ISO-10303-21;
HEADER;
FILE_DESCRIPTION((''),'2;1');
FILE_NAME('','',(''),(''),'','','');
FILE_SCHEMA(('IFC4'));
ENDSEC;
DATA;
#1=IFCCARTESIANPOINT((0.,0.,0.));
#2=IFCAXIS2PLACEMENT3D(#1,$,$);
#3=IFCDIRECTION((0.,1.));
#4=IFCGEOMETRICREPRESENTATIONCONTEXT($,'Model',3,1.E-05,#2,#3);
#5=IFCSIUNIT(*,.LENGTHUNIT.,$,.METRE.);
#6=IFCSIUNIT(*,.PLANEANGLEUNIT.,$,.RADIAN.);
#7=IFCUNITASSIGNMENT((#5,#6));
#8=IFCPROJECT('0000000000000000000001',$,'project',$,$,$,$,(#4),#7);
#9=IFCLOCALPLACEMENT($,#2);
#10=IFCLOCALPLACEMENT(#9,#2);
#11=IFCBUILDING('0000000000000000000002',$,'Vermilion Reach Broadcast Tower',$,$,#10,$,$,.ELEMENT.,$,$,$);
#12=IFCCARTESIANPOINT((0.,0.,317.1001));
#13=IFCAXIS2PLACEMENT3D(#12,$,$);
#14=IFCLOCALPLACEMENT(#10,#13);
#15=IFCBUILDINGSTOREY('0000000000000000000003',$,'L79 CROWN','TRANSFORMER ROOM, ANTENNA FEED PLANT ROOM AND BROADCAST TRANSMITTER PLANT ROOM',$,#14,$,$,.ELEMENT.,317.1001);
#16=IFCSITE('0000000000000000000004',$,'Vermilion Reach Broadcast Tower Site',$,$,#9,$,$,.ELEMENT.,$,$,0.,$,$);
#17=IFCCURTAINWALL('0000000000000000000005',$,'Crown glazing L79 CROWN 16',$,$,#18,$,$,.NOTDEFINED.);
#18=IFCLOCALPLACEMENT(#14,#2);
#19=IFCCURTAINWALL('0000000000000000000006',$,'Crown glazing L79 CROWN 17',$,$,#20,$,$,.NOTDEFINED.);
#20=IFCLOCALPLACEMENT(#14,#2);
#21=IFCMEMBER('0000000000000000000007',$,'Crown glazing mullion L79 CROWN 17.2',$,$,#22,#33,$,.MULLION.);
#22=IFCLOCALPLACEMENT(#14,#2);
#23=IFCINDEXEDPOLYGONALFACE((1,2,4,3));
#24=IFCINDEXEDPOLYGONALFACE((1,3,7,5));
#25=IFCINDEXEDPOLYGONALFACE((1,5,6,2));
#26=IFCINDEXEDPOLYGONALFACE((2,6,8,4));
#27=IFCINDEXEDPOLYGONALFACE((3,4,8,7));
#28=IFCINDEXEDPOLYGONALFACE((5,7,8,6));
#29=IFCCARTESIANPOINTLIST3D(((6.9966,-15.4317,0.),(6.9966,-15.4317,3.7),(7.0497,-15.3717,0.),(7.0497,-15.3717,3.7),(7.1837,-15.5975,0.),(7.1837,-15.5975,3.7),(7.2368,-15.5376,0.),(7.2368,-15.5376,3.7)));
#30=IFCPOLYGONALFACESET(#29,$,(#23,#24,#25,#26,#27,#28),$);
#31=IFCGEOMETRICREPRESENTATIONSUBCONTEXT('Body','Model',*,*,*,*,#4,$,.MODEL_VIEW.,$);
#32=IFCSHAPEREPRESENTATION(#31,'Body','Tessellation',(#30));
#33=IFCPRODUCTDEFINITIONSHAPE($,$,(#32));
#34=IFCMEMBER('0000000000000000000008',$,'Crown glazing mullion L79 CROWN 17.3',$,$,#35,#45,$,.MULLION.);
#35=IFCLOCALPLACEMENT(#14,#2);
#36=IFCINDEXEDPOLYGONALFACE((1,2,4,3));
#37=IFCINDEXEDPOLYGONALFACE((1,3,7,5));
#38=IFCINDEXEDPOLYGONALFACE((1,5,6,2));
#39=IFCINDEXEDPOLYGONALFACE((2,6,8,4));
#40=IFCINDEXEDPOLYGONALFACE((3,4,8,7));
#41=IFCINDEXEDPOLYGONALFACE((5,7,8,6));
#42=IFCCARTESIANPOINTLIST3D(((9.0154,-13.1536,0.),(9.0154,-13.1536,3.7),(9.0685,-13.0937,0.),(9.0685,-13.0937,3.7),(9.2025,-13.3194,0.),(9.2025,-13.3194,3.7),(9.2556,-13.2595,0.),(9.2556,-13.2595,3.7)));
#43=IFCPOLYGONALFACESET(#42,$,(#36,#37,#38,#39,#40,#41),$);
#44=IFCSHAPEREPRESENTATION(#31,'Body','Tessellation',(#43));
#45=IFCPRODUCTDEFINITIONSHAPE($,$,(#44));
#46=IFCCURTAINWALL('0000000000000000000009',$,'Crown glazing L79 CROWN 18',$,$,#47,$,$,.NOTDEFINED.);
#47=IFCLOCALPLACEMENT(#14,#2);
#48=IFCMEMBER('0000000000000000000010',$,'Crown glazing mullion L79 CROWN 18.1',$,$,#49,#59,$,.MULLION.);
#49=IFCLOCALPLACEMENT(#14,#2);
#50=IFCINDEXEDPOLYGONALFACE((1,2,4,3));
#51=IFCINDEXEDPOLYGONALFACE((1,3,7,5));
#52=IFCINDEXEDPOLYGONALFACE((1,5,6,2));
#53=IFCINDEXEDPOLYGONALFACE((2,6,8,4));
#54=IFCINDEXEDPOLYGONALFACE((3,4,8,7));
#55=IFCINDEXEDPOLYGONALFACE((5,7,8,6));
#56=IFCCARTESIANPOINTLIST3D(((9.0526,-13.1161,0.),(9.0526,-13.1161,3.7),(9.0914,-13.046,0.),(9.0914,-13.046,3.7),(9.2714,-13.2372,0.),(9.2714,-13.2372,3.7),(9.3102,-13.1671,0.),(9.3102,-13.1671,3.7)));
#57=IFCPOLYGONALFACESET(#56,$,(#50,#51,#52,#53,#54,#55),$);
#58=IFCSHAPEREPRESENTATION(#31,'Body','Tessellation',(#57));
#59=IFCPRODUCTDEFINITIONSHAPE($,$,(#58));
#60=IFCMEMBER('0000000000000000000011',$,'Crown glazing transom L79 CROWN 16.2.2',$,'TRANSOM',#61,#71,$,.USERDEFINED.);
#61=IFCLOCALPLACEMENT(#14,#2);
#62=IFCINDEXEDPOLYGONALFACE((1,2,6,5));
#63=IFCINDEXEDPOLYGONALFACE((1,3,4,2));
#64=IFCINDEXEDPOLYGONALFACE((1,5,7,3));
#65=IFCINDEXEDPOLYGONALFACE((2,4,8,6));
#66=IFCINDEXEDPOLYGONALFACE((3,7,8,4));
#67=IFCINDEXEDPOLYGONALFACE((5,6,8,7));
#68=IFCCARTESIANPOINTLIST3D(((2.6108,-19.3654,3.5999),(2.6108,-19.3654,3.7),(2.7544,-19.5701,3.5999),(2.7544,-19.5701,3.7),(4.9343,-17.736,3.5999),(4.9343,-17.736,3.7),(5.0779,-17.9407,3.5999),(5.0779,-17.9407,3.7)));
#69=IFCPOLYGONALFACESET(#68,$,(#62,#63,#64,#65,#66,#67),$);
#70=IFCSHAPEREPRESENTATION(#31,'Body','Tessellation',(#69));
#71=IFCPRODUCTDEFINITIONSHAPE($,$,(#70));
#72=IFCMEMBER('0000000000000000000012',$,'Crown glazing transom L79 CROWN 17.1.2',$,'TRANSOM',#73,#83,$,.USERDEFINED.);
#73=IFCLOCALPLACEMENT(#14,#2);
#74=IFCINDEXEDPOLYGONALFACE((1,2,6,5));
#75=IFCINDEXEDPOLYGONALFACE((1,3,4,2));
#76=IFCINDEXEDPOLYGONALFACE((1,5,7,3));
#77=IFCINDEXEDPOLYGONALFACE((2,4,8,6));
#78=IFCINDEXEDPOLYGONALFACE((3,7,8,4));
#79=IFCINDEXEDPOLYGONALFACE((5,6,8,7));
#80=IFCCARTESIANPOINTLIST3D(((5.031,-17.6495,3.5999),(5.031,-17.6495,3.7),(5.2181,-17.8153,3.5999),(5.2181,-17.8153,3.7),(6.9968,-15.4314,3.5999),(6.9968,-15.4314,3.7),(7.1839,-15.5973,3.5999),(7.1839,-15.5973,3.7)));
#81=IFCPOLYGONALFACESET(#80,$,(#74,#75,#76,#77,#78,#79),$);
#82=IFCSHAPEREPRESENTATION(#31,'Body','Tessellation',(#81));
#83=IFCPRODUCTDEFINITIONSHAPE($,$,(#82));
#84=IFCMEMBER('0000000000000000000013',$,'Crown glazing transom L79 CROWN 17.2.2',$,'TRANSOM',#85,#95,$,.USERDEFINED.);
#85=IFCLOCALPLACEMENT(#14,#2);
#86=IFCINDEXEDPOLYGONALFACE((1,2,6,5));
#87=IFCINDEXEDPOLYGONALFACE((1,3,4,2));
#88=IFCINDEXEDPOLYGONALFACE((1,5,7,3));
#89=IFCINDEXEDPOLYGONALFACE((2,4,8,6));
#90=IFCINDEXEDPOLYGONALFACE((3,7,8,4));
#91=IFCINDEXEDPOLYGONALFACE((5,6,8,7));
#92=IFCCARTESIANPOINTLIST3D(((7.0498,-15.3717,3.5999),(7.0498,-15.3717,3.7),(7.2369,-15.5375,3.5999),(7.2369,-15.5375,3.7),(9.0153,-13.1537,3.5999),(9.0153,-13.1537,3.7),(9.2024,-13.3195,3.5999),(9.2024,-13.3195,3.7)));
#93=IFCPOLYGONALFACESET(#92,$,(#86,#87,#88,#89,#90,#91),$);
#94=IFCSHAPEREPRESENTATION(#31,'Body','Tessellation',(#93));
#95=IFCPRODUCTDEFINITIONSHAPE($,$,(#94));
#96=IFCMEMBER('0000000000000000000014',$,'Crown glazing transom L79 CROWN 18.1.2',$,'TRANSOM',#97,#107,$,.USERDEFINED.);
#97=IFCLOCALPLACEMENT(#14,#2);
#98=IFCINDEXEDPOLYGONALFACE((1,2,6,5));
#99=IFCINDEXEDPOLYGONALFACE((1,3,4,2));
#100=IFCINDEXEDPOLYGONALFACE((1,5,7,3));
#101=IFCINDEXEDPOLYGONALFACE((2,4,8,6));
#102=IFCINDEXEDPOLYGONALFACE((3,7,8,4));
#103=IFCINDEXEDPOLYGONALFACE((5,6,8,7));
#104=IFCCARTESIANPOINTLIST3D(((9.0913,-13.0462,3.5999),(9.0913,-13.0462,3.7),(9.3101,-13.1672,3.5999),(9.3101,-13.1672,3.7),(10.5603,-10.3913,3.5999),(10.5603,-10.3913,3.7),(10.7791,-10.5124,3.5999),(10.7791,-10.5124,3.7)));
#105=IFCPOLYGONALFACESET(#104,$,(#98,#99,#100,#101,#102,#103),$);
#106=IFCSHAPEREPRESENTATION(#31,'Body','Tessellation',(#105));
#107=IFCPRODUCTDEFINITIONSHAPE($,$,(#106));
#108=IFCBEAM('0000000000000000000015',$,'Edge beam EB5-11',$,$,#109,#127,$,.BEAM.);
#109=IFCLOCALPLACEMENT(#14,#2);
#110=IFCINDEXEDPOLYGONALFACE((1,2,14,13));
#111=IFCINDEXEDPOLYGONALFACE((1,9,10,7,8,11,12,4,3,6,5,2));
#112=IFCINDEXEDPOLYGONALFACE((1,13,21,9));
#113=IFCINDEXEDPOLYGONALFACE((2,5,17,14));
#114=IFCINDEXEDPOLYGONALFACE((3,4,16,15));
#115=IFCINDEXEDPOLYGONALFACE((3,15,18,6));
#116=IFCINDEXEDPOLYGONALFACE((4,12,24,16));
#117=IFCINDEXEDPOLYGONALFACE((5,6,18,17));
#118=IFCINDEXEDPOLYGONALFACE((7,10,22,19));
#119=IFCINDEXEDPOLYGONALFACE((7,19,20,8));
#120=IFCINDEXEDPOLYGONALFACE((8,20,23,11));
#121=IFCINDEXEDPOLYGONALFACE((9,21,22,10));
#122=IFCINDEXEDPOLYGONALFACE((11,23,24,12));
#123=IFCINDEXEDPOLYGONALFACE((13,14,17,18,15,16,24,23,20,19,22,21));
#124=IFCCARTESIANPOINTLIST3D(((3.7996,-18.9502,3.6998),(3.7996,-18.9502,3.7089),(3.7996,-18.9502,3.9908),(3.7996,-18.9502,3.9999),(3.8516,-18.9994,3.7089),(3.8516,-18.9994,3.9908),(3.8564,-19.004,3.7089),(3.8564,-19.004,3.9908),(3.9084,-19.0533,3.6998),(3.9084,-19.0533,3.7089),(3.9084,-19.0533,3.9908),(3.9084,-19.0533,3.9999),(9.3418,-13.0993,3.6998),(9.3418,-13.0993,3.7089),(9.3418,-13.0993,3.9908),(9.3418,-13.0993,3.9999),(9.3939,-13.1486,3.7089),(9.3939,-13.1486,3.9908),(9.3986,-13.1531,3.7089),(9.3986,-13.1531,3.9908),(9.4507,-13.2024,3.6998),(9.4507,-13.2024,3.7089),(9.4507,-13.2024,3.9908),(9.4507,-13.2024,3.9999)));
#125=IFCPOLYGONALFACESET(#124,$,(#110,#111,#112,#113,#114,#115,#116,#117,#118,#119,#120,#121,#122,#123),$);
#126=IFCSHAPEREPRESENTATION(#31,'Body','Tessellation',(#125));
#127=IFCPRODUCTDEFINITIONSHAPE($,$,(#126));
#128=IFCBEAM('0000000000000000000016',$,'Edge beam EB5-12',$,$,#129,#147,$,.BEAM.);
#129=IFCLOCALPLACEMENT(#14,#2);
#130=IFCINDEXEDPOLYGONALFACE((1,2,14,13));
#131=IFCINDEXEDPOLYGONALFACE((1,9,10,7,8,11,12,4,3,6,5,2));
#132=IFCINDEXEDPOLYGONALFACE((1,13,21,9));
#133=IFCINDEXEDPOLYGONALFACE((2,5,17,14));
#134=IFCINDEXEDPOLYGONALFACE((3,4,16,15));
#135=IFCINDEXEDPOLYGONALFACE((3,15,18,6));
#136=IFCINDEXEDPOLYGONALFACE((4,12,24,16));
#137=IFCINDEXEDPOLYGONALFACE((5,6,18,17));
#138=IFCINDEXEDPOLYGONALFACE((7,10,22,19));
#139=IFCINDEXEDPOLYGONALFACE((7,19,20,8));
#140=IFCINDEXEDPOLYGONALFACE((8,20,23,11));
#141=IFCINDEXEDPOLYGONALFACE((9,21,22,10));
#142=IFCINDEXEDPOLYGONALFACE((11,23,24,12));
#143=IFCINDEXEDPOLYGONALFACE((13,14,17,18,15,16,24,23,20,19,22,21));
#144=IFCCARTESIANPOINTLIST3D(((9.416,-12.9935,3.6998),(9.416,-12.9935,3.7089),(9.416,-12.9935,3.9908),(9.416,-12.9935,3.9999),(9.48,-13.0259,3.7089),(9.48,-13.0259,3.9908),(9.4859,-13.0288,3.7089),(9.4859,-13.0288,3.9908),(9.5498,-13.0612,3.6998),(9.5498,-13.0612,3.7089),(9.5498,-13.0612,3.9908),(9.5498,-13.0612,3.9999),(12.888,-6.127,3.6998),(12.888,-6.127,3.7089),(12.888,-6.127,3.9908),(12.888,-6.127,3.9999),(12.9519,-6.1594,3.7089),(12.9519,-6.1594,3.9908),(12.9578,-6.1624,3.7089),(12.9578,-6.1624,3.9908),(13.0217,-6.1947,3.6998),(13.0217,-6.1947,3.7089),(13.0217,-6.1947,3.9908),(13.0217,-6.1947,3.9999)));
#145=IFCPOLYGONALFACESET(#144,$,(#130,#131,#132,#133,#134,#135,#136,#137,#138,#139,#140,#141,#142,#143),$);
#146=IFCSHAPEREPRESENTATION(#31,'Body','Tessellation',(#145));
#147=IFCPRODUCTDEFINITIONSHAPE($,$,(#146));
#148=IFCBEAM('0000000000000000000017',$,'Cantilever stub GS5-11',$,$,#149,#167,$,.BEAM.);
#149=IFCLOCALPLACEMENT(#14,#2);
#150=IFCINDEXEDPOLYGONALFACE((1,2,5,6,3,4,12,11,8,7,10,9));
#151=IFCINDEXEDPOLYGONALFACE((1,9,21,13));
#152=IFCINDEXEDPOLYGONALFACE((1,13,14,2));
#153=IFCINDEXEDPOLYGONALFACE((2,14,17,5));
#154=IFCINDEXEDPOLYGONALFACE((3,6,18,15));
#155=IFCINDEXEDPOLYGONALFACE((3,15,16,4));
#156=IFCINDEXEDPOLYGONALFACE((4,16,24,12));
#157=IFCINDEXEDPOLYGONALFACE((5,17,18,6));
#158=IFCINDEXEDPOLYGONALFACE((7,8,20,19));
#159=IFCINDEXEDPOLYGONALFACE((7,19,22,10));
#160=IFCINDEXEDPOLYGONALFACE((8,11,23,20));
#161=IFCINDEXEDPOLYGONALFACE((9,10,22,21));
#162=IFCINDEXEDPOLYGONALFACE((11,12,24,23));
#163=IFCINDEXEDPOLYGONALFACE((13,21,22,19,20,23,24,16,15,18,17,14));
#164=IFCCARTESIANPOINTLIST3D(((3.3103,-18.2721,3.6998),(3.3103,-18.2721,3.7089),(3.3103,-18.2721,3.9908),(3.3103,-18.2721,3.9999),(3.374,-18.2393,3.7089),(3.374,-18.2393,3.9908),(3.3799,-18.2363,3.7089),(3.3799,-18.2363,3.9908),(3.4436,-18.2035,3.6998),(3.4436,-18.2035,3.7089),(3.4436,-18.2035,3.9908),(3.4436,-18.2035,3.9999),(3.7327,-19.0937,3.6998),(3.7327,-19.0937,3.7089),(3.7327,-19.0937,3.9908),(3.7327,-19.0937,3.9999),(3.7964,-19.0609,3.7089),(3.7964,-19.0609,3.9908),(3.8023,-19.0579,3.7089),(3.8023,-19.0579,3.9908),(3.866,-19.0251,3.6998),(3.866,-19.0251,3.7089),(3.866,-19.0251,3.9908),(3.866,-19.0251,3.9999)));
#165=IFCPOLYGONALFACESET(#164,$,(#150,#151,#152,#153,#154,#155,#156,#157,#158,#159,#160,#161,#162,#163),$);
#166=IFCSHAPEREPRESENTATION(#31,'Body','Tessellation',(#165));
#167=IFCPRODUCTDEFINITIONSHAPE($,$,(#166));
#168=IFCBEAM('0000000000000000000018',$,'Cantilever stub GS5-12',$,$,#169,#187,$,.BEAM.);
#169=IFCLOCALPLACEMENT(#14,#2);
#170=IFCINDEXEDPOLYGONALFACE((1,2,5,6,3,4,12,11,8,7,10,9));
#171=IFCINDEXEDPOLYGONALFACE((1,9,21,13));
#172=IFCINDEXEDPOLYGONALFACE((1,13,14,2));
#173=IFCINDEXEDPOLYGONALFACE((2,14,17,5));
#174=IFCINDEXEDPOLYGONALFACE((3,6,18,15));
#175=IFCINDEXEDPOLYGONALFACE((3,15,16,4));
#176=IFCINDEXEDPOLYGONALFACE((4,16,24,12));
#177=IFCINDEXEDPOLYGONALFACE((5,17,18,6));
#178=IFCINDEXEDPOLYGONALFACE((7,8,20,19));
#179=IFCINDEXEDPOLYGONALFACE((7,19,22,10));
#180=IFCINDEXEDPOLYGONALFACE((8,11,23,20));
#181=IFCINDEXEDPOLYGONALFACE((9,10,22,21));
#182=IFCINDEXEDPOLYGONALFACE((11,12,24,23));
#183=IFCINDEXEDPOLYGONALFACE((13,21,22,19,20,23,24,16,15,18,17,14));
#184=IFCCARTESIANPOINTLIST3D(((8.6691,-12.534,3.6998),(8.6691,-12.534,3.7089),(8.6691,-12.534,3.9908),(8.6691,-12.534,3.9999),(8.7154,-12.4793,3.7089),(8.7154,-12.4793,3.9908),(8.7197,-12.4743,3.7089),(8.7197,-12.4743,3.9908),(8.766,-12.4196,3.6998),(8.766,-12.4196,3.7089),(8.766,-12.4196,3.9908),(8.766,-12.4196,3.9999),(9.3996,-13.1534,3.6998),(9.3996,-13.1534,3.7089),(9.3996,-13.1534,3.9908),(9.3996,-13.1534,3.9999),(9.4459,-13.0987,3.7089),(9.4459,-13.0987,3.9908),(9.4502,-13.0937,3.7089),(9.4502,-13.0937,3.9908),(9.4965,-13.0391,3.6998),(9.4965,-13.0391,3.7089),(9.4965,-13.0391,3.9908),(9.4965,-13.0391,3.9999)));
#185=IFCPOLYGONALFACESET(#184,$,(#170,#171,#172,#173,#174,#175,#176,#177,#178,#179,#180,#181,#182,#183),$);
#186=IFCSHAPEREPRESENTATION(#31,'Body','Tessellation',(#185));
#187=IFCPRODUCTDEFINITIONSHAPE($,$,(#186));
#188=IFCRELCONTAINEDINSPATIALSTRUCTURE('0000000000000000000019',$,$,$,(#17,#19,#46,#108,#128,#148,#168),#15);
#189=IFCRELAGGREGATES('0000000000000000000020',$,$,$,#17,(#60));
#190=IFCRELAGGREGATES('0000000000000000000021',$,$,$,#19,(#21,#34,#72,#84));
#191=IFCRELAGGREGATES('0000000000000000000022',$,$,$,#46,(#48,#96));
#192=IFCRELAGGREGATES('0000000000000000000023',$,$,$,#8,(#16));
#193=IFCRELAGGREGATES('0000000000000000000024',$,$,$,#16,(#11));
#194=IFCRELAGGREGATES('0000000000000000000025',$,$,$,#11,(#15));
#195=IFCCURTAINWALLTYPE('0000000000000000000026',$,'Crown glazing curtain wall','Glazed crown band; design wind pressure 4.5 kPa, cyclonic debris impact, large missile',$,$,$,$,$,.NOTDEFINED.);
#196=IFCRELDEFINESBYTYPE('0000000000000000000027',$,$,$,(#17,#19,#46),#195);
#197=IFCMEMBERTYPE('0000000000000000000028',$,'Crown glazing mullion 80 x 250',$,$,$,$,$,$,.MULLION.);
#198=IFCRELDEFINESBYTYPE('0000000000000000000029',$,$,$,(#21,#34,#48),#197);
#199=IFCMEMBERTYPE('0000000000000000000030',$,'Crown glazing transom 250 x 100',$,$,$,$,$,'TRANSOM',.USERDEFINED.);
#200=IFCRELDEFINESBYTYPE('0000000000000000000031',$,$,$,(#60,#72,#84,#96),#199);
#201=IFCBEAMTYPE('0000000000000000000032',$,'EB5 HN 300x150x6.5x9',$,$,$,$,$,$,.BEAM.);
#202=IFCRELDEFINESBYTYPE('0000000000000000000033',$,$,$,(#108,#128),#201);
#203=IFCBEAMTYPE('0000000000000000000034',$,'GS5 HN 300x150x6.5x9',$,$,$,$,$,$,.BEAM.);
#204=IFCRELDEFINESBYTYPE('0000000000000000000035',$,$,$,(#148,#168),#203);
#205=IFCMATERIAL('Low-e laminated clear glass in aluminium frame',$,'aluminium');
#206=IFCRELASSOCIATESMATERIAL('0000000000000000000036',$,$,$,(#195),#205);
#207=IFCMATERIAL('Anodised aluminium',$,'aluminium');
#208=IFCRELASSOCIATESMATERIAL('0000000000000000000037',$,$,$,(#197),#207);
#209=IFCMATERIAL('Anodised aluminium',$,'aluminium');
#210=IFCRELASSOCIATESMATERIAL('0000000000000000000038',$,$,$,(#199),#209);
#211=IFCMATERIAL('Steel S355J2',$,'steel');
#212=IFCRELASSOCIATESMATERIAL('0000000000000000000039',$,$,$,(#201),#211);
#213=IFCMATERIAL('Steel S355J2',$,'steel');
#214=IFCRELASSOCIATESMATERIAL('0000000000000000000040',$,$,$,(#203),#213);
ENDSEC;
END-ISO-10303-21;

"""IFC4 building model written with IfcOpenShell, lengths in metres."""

from ifc_helpers import new_model, si_unit, direction, frame, origin, origin_2d, place, context, subcontext, project, spatial, rectangle, i_section, extrude, material, material_profile, profile_set, type_object, element, aggregate, save


model = new_model("IFC4")

# Units and contexts
model_context = context("Model", 3, precision=1e-05, world=origin(), true_north=direction((0.0, 1.0)))
body_context = subcontext(model_context, "Body", "Model", "MODEL_VIEW")
ifc_project = project(units=[si_unit("LENGTHUNIT", "METRE"), si_unit("PLANEANGLEUNIT", "RADIAN")], contexts=[model_context])

# Site, building, storey
site_placement = place(None, origin())
site = spatial("IfcSite", under=ifc_project, at=site_placement, Name="Vermilion Reach Broadcast Tower Site", CompositionType="ELEMENT", RefElevation=0.0)
building_placement = place(site_placement, origin())
building = spatial("IfcBuilding", under=site, at=building_placement, Name="Vermilion Reach Broadcast Tower", CompositionType="ELEMENT")
storey_placement = place(building_placement, frame((0.0, 0.0, 317.1001)))
storey = spatial("IfcBuildingStorey", under=building, at=storey_placement, Name="L79 CROWN", Description="TRANSFORMER ROOM, ANTENNA FEED PLANT ROOM AND BROADCAST TRANSMITTER PLANT ROOM", CompositionType="ELEMENT", Elevation=317.1001)

# Curtain wall
ifc_material_1 = material(Name="Low-e laminated clear glass in aluminium frame", Category="aluminium")
curtain_wall_type = type_object("IfcCurtainWallType", Name="Crown glazing curtain wall", Description="Glazed crown band; design wind pressure 4.5 kPa, cyclonic debris impact, large missile", PredefinedType="NOTDEFINED", material=ifc_material_1)
placement = place(storey_placement, origin())
curtain_wall_1 = element("IfcCurtainWall", 1, at=placement, inside=storey, type_object=curtain_wall_type, Name="Crown glazing L79 CROWN 16", PredefinedType="NOTDEFINED")
ifc_material_2 = material(Name="Anodised aluminium", Category="aluminium")
ifc_material_profile_1 = material_profile(ifc_material_2, rectangle(XDim=0.25, YDim=0.0801, at=origin_2d()), Name="Crown glazing mullion 80 x 250")
ifc_profile_set_1 = profile_set([ifc_material_profile_1], Name="Anodised aluminium")
member_type_1 = type_object("IfcMemberType", Name="Crown glazing mullion 80 x 250", PredefinedType="MULLION", material=ifc_profile_set_1)

# Curtain wall, members
curtain_wall_2 = element("IfcCurtainWall", 2, at=placement, inside=storey, type_object=curtain_wall_type, Name="Crown glazing L79 CROWN 17", PredefinedType="NOTDEFINED")
member_1_placement = place(storey_placement, frame((7.1167, -15.4846, 0.0), z_axis=(0.0, 0.0, 1.0), x_axis=(-0.748408, 0.663239, 0.0)))
member_1 = element("IfcMember", 3, at=member_1_placement, type_object=member_type_1, Name="Crown glazing mullion L79 CROWN 17.2", PredefinedType="MULLION", context=body_context, shape_type="SweptSolid", body=[
    extrude(rectangle(XDim=0.25, YDim=0.0801, at=origin_2d()), origin(), (0.0, 0.0, 1.0), 3.7),
])
member_2_placement = place(storey_placement, frame((9.1355, -13.2065, 0.0), z_axis=(0.0, 0.0, 1.0), x_axis=(-0.748408, 0.663239, 0.0)))
member_2 = element("IfcMember", 4, at=member_2_placement, type_object=member_type_1, Name="Crown glazing mullion L79 CROWN 17.3", PredefinedType="MULLION", context=body_context, shape_type="SweptSolid", body=[
    extrude(rectangle(XDim=0.25, YDim=0.0801, at=origin_2d()), origin(), (0.0, 0.0, 1.0), 3.7),
])

# Curtain wall, member
curtain_wall_3 = element("IfcCurtainWall", 5, at=placement, inside=storey, type_object=curtain_wall_type, Name="Crown glazing L79 CROWN 18", PredefinedType="NOTDEFINED")
member_3_placement = place(storey_placement, frame((9.1814, -13.1416, 0.0), z_axis=(0.0, 0.0, 1.0), x_axis=(-0.874983, 0.484153, 0.0)))
member_3 = element("IfcMember", 6, at=member_3_placement, type_object=member_type_1, Name="Crown glazing mullion L79 CROWN 18.1", PredefinedType="MULLION", context=body_context, shape_type="SweptSolid", body=[
    extrude(rectangle(XDim=0.25, YDim=0.0801, at=origin_2d()), origin(), (0.0, 0.0, 1.0), 3.7),
])

# Members
ifc_material_3 = material(Name="Anodised aluminium", Category="aluminium")
ifc_material_profile_2 = material_profile(ifc_material_3, rectangle(XDim=0.25, YDim=0.1001, at=origin_2d()), Name="Crown glazing transom 250 x 100")
ifc_profile_set_2 = profile_set([ifc_material_profile_2], Name="Anodised aluminium")
member_type_2 = type_object("IfcMemberType", Name="Crown glazing transom 250 x 100", ElementType="TRANSOM", PredefinedType="USERDEFINED", material=ifc_profile_set_2)
member_4_placement = place(storey_placement, frame((2.6826, -19.4678, 3.6499), z_axis=(0.818743, 0.574161, 0.0), x_axis=(-0.574161, 0.818743, 0.0)))
member_4 = element("IfcMember", 7, at=member_4_placement, type_object=member_type_2, Name="Crown glazing transom L79 CROWN 16.2.2", ObjectType="TRANSOM", PredefinedType="USERDEFINED", context=body_context, shape_type="SweptSolid", body=[
    extrude(rectangle(XDim=0.25, YDim=0.1001, at=origin_2d()), origin(), (0.0, 0.0, 1.0), 2.8379),
])
member_5_placement = place(storey_placement, frame((5.1245, -17.7324, 3.6499), z_axis=(0.663279, 0.748372, 0.0), x_axis=(-0.748372, 0.663279, 0.0)))
member_5 = element("IfcMember", 8, at=member_5_placement, type_object=member_type_2, Name="Crown glazing transom L79 CROWN 17.1.2", ObjectType="TRANSOM", PredefinedType="USERDEFINED", context=body_context, shape_type="SweptSolid", body=[
    extrude(rectangle(XDim=0.25, YDim=0.1001, at=origin_2d()), origin(), (0.0, 0.0, 1.0), 2.9639),
])
member_6_placement = place(storey_placement, frame((7.1433, -15.4546, 3.6499), z_axis=(0.663233, 0.748413, 0.0), x_axis=(-0.748413, 0.663233, 0.0)))
member_6 = element("IfcMember", 9, at=member_6_placement, type_object=member_type_2, Name="Crown glazing transom L79 CROWN 17.2.2", ObjectType="TRANSOM", PredefinedType="USERDEFINED", context=body_context, shape_type="SweptSolid", body=[
    extrude(rectangle(XDim=0.25, YDim=0.1001, at=origin_2d()), origin(), (0.0, 0.0, 1.0), 2.9636),
])
member_7_placement = place(storey_placement, frame((9.2007, -13.1067, 3.6499), z_axis=(0.48416, 0.87498, 0.0), x_axis=(-0.87498, 0.48416, 0.0)))
member_7 = element("IfcMember", 10, at=member_7_placement, type_object=member_type_2, Name="Crown glazing transom L79 CROWN 18.1.2", ObjectType="TRANSOM", PredefinedType="USERDEFINED", context=body_context, shape_type="SweptSolid", body=[
    extrude(rectangle(XDim=0.25, YDim=0.1001, at=origin_2d()), origin(), (0.0, 0.0, 1.0), 3.0342),
])

# Beams
ifc_material_4 = material(Name="Steel S355J2", Category="steel")
ifc_material_profile_3 = material_profile(ifc_material_4, i_section(OverallWidth=0.1499, OverallDepth=0.3, WebThickness=0.0066, FlangeThickness=0.009, at=origin_2d()), Name="S355J2 HN 300x150x6.5x9")
ifc_profile_set_3 = profile_set([ifc_material_profile_3], Name="Steel S355J2")
beam_type_1 = type_object("IfcBeamType", Name="EB5 HN 300x150x6.5x9", PredefinedType="BEAM", material=ifc_profile_set_3)
beam_1_placement = place(storey_placement, frame((3.854, -19.0017, 3.8499), z_axis=(0.687702, 0.725993, 0.0), x_axis=(-0.725993, 0.687702, 0.0)))
element("IfcBeam", 11, at=beam_1_placement, inside=storey, type_object=beam_type_1, Name="Edge beam EB5-11", PredefinedType="BEAM", context=body_context, shape_type="SweptSolid", body=[
    extrude(i_section(OverallWidth=0.1499, OverallDepth=0.3, WebThickness=0.0066, FlangeThickness=0.009, at=origin_2d()), origin(), (0.0, 0.0, 1.0), 8.0591),
])
beam_2_placement = place(storey_placement, frame((9.4829, -13.0273, 3.8499), z_axis=(0.451232, 0.892406, 0.0), x_axis=(-0.892406, 0.451232, 0.0)))
element("IfcBeam", 12, at=beam_2_placement, inside=storey, type_object=beam_type_1, Name="Edge beam EB5-12", PredefinedType="BEAM", context=body_context, shape_type="SweptSolid", body=[
    extrude(i_section(OverallWidth=0.1499, OverallDepth=0.3, WebThickness=0.0066, FlangeThickness=0.009, at=origin_2d()), origin(), (0.0, 0.0, 1.0), 7.6943),
])
ifc_material_5 = material(Name="Steel S355J2", Category="steel")
ifc_material_profile_4 = material_profile(ifc_material_5, i_section(OverallWidth=0.1499, OverallDepth=0.3, WebThickness=0.0066, FlangeThickness=0.009, at=origin_2d()), Name="S355J2 HN 300x150x6.5x9")
ifc_profile_set_4 = profile_set([ifc_material_profile_4], Name="Steel S355J2")
beam_type_2 = type_object("IfcBeamType", Name="GS5 HN 300x150x6.5x9", PredefinedType="BEAM", material=ifc_profile_set_4)
beam_3_placement = place(storey_placement, frame((3.377, -18.2378, 3.8499), z_axis=(0.457229, -0.889349, 0.0), x_axis=(0.889349, 0.457229, 0.0)))
element("IfcBeam", 13, at=beam_3_placement, inside=storey, type_object=beam_type_2, Name="Cantilever stub GS5-11", PredefinedType="BEAM", context=body_context, shape_type="SweptSolid", body=[
    extrude(i_section(OverallWidth=0.1499, OverallDepth=0.3, WebThickness=0.0066, FlangeThickness=0.009, at=origin_2d()), origin(), (0.0, 0.0, 1.0), 0.9238),
])
beam_4_placement = place(storey_placement, frame((8.7175, -12.4768, 3.8499), z_axis=(0.762719, -0.64673, 0.0), x_axis=(0.64673, 0.762719, 0.0)))
element("IfcBeam", 14, at=beam_4_placement, inside=storey, type_object=beam_type_2, Name="Cantilever stub GS5-12", PredefinedType="BEAM", context=body_context, shape_type="SweptSolid", body=[
    extrude(i_section(OverallWidth=0.1499, OverallDepth=0.3, WebThickness=0.0066, FlangeThickness=0.009, at=origin_2d()), origin(), (0.0, 0.0, 1.0), 0.9578),
])

aggregate(curtain_wall_1, [member_4])
aggregate(curtain_wall_2, [member_1, member_2, member_5, member_6])
aggregate(curtain_wall_3, [member_3, member_7])

save(model, "model.ifc")
